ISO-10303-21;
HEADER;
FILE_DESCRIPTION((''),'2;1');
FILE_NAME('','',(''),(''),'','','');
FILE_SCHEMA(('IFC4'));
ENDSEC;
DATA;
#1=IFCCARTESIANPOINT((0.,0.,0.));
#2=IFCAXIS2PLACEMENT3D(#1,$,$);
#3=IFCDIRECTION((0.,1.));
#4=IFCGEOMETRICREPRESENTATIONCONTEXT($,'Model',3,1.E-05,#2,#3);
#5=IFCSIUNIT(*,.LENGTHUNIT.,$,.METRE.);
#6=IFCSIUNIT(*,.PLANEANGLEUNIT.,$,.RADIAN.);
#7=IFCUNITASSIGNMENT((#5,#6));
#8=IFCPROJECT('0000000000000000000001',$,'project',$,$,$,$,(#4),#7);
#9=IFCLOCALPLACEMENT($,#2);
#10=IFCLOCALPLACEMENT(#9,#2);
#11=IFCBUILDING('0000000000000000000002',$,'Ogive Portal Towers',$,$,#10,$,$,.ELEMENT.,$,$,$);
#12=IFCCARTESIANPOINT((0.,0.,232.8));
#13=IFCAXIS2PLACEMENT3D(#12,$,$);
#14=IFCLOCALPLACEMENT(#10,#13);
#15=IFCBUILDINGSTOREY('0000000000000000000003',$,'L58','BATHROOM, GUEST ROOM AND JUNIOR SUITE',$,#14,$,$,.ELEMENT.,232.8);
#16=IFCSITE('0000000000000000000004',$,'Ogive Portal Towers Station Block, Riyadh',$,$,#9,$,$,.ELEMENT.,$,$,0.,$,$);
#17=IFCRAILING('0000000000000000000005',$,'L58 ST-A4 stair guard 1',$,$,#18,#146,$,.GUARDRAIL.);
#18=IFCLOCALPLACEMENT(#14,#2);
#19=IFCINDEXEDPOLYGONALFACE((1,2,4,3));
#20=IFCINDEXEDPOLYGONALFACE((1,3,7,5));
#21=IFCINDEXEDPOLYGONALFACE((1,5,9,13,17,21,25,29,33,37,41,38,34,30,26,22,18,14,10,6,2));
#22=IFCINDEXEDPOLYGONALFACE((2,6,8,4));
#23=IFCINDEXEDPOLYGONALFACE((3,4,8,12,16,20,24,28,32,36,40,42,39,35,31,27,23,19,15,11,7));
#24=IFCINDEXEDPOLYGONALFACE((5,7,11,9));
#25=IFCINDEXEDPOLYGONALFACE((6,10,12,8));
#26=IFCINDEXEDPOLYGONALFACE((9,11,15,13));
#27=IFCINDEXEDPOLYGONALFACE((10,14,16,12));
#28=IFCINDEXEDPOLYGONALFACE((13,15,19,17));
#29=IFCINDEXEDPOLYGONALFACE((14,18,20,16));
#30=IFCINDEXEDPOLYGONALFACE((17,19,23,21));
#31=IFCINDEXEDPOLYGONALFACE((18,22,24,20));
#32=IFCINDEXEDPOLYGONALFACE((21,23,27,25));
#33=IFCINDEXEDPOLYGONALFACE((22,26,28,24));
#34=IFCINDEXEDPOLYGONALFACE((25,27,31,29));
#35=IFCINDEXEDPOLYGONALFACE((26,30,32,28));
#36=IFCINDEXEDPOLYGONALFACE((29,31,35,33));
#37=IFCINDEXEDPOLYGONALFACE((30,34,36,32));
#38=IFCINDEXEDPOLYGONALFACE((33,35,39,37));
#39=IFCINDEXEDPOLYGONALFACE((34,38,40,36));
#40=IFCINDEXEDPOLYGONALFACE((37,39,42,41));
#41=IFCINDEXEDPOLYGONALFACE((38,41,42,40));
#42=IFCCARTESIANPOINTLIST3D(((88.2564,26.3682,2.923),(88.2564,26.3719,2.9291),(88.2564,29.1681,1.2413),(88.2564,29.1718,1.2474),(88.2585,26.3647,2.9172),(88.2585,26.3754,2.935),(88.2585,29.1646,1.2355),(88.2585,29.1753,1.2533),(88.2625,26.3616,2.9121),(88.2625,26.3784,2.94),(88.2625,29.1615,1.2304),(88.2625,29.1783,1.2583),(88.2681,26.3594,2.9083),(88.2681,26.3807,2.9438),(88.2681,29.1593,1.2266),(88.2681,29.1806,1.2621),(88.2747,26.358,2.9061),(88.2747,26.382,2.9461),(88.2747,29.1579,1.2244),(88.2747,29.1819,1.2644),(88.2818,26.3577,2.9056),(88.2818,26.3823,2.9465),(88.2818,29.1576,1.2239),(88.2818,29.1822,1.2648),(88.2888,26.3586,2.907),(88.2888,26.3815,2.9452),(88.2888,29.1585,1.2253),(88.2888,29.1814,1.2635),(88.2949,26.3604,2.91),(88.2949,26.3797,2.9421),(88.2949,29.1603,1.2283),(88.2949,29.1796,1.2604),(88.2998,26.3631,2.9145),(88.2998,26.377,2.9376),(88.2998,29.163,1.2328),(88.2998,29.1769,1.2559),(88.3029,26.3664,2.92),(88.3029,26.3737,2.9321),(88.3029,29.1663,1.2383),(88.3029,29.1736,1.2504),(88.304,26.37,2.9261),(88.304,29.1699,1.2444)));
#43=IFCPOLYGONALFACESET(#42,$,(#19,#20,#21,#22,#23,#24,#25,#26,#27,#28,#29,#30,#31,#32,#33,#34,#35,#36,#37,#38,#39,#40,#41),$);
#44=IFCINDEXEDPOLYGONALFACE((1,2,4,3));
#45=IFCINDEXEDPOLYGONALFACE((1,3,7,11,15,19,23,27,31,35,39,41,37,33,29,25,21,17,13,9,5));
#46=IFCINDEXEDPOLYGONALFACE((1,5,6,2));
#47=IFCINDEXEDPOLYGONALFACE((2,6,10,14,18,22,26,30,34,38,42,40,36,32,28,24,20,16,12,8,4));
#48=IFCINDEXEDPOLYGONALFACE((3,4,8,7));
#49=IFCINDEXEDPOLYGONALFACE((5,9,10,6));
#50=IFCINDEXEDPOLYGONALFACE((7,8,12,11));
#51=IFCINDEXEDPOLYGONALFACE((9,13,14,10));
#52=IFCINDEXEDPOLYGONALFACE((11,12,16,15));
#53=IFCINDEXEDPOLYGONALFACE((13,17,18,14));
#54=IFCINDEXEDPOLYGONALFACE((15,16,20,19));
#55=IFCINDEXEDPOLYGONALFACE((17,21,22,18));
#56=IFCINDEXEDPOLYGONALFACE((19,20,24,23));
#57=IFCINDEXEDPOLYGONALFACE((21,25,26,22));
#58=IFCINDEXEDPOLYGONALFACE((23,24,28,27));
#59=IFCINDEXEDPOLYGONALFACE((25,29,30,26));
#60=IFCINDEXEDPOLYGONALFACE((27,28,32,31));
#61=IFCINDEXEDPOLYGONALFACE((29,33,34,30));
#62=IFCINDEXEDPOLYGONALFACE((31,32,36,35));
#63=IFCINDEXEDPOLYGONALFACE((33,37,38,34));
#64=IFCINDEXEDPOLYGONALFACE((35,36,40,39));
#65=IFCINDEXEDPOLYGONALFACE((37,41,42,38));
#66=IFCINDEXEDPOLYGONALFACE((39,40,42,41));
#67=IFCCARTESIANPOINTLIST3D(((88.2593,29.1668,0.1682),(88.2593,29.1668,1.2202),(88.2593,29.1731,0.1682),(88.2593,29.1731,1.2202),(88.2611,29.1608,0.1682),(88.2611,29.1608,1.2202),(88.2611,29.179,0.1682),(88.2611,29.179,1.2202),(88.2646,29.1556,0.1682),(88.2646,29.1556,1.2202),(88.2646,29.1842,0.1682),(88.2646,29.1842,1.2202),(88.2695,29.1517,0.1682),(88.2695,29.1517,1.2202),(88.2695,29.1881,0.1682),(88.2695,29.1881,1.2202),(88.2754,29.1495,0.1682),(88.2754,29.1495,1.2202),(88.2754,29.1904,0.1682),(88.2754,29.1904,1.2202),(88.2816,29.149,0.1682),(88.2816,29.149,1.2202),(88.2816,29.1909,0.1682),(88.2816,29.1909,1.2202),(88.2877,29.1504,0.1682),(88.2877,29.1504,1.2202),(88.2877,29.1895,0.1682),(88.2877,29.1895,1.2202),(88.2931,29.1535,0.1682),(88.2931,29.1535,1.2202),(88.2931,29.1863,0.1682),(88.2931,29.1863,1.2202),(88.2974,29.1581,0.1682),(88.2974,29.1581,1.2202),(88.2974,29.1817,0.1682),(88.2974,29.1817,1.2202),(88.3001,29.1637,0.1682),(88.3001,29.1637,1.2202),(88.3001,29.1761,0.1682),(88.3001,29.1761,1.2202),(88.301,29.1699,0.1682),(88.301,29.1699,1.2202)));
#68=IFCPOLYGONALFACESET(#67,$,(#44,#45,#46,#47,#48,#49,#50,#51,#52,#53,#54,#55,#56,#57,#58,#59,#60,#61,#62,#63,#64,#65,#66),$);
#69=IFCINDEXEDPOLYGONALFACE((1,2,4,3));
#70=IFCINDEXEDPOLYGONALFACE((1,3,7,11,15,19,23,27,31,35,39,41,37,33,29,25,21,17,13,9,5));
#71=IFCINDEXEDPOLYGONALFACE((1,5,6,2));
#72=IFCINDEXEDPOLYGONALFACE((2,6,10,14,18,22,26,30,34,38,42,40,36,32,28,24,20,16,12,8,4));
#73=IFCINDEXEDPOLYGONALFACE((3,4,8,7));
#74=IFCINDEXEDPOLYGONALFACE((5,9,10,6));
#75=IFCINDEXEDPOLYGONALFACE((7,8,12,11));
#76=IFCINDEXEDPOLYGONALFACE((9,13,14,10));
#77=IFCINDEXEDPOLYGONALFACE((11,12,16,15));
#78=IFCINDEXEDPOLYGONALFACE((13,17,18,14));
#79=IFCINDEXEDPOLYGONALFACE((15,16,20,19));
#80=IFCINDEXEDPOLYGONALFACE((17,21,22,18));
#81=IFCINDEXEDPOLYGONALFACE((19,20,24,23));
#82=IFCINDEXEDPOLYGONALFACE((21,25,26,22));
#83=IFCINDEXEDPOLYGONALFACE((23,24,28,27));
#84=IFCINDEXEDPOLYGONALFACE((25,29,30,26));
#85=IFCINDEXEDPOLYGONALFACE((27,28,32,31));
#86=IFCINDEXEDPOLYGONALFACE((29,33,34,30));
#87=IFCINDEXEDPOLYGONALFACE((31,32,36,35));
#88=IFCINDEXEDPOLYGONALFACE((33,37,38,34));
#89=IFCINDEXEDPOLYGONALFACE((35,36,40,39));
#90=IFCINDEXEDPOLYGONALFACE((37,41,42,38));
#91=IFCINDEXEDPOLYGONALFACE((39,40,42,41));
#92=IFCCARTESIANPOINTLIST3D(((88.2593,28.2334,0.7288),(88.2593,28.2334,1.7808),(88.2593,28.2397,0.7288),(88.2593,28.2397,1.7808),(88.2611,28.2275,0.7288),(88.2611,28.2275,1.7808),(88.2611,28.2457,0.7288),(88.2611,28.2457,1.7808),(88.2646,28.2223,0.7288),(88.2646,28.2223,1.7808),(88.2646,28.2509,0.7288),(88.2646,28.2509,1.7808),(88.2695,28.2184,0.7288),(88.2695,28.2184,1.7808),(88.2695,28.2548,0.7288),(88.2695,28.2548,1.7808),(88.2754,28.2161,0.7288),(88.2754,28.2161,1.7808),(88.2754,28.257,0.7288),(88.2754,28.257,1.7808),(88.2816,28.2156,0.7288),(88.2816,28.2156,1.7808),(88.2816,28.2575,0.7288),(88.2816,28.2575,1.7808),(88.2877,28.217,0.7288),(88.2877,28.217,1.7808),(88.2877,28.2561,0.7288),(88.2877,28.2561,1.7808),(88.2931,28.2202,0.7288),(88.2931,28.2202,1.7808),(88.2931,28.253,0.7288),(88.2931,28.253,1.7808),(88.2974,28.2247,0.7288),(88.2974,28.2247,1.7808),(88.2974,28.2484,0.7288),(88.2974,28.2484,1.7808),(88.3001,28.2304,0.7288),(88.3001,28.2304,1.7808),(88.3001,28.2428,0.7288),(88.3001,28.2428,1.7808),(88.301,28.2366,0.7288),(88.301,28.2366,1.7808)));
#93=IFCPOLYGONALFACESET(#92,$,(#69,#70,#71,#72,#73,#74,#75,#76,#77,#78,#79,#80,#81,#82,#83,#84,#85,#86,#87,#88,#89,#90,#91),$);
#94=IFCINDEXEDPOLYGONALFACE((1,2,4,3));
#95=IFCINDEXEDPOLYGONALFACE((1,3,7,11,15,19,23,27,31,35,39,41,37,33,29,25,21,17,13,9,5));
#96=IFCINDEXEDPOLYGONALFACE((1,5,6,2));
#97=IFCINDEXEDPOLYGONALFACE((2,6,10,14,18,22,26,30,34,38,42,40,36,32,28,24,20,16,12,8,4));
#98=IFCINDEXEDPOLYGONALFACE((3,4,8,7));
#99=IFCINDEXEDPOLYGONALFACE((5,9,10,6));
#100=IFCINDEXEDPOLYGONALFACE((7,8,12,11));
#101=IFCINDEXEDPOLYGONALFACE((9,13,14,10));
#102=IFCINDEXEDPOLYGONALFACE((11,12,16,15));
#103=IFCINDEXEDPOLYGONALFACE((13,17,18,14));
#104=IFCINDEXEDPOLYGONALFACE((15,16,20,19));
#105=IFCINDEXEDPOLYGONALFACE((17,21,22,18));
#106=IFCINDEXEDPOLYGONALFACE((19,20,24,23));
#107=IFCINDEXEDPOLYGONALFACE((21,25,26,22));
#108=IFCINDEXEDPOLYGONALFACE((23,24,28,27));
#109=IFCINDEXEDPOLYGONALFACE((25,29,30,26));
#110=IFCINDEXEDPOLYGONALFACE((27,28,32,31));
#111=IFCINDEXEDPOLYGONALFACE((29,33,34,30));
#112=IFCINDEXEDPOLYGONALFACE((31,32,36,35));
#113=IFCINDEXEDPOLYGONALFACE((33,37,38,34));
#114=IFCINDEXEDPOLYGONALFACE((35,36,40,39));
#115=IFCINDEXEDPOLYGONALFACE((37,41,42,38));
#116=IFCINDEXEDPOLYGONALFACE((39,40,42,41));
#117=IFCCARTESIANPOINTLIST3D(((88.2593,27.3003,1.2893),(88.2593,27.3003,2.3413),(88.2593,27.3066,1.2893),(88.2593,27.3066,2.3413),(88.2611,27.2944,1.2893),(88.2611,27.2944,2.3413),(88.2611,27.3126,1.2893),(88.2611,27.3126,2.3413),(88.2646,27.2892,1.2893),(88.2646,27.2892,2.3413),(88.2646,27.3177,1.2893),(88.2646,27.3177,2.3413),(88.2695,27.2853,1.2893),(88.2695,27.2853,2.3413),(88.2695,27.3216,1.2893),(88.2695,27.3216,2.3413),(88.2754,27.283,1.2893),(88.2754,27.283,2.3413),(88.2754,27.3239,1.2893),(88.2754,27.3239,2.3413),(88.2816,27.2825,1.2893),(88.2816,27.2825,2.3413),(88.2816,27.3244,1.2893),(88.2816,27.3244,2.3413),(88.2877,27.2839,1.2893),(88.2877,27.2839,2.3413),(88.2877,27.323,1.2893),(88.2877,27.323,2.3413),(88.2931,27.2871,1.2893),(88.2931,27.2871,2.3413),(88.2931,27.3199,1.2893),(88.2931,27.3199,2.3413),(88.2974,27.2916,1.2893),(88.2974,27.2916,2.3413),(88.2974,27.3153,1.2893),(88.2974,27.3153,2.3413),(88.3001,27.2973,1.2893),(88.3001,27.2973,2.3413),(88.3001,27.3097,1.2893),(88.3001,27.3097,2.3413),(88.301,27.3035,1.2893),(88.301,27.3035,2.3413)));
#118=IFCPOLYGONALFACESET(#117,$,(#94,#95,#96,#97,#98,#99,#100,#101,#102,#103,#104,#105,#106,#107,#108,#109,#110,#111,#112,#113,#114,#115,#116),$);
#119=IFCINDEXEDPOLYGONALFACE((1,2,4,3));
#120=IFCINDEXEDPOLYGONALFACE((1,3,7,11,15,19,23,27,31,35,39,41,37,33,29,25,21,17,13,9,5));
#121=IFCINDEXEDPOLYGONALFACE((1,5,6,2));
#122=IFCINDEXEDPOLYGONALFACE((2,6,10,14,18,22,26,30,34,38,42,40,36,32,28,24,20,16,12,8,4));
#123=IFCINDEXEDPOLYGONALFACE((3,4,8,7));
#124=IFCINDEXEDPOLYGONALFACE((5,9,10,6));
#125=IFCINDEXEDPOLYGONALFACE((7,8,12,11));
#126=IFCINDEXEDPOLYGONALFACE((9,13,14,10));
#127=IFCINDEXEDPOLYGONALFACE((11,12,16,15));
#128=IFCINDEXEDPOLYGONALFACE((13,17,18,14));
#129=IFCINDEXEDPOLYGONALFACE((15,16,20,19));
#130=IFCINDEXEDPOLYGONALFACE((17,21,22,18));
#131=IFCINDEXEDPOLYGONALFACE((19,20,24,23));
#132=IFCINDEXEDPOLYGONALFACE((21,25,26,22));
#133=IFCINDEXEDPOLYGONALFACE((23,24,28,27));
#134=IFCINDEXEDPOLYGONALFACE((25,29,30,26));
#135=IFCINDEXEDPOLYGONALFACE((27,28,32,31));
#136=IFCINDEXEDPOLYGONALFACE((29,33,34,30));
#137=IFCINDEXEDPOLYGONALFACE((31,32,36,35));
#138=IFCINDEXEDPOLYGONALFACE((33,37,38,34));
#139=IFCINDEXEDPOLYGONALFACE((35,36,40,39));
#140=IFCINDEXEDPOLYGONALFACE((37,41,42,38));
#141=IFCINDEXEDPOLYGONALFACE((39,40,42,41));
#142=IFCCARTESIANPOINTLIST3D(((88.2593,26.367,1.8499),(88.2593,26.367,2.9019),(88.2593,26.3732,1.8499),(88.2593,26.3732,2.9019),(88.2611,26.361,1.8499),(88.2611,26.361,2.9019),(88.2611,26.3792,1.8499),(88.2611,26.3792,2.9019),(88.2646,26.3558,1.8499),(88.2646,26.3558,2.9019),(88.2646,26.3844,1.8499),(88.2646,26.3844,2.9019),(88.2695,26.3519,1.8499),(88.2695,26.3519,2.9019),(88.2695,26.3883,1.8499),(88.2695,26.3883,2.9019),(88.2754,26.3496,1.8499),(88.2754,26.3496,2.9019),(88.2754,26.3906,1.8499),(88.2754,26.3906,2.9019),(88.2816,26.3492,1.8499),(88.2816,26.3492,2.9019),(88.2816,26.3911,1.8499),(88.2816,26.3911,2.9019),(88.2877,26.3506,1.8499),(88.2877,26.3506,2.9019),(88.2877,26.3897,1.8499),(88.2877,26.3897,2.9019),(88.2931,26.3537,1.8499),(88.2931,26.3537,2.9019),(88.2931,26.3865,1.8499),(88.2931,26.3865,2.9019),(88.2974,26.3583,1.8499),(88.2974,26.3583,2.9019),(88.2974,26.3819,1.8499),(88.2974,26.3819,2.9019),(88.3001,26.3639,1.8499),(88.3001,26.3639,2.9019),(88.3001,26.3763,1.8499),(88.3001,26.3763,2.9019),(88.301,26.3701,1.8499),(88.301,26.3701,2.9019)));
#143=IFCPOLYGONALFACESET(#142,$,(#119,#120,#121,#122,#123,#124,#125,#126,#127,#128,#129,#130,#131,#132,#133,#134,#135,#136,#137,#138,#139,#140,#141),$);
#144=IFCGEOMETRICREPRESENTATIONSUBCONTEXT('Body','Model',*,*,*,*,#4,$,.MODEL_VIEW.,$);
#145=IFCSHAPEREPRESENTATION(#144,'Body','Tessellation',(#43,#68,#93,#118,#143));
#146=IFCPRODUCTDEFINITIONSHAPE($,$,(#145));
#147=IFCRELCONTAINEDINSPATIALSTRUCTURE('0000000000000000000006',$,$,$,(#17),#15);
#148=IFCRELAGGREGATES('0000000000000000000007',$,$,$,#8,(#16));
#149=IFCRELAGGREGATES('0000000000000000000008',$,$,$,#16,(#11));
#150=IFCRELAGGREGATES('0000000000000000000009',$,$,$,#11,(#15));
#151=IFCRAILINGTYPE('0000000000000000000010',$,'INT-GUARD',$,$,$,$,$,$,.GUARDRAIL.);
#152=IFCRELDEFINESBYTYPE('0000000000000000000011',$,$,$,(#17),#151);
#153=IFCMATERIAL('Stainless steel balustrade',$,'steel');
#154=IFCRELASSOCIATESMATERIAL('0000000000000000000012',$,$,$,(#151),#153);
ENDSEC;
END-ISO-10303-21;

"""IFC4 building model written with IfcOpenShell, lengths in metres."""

from ifc_helpers import new_model, si_unit, direction, frame, origin, origin_2d, place, context, subcontext, project, spatial, circle, extrude, material, type_object, element, save


model = new_model("IFC4")

# Units and contexts
model_context = context("Model", 3, precision=1e-05, world=origin(), true_north=direction((0.0, 1.0)))
body_context = subcontext(model_context, "Body", "Model", "MODEL_VIEW")
ifc_project = project(units=[si_unit("LENGTHUNIT", "METRE"), si_unit("PLANEANGLEUNIT", "RADIAN")], contexts=[model_context])

# Site, building, storey
site_placement = place(None, origin())
site = spatial("IfcSite", under=ifc_project, at=site_placement, Name="Ogive Portal Towers Station Block, Riyadh", CompositionType="ELEMENT", RefElevation=0.0)
building_placement = place(site_placement, origin())
building = spatial("IfcBuilding", under=site, at=building_placement, Name="Ogive Portal Towers", CompositionType="ELEMENT")
storey_placement = place(building_placement, frame((0.0, 0.0, 232.8)))
storey = spatial("IfcBuildingStorey", under=building, at=storey_placement, Name="L58", Description="BATHROOM, GUEST ROOM AND JUNIOR SUITE", CompositionType="ELEMENT", Elevation=232.8)

# Railing
ifc_material_1 = material(Name="Stainless steel balustrade", Category="steel")
railing_type_1 = type_object("IfcRailingType", Name="INT-GUARD", PredefinedType="GUARDRAIL", material=ifc_material_1)
railing_1_placement = place(storey_placement, frame((88.28, 29.1699, 0.1682)))
element("IfcRailing", 1, at=railing_1_placement, inside=storey, type_object=railing_type_1, Name="L58 ST-A4 stair guard 1", PredefinedType="GUARDRAIL", context=body_context, shape_type="SweptSolid", body=[
    extrude(circle(Radius=0.0239, at=origin_2d()), frame((0.0, 0.0, 1.0762), z_axis=(0.0, -0.857255, 0.514891), x_axis=(1.0, 0.0, 0.0)), (0.0, 0.0, 1.0), 3.2661),
    extrude(circle(Radius=0.021, at=origin_2d()), origin(), (0.0, 0.0, 1.0), 1.052),
    extrude(circle(Radius=0.021, at=origin_2d()), frame((0.0, -0.9333, 0.5605)), (0.0, 0.0, 1.0), 1.052),
    extrude(circle(Radius=0.021, at=origin_2d()), frame((0.0, -1.8665, 1.1211)), (0.0, 0.0, 1.0), 1.052),
    extrude(circle(Radius=0.021, at=origin_2d()), frame((0.0, -2.7998, 1.6816)), (0.0, 0.0, 1.0), 1.052),
])

save(model, "model.ifc")
